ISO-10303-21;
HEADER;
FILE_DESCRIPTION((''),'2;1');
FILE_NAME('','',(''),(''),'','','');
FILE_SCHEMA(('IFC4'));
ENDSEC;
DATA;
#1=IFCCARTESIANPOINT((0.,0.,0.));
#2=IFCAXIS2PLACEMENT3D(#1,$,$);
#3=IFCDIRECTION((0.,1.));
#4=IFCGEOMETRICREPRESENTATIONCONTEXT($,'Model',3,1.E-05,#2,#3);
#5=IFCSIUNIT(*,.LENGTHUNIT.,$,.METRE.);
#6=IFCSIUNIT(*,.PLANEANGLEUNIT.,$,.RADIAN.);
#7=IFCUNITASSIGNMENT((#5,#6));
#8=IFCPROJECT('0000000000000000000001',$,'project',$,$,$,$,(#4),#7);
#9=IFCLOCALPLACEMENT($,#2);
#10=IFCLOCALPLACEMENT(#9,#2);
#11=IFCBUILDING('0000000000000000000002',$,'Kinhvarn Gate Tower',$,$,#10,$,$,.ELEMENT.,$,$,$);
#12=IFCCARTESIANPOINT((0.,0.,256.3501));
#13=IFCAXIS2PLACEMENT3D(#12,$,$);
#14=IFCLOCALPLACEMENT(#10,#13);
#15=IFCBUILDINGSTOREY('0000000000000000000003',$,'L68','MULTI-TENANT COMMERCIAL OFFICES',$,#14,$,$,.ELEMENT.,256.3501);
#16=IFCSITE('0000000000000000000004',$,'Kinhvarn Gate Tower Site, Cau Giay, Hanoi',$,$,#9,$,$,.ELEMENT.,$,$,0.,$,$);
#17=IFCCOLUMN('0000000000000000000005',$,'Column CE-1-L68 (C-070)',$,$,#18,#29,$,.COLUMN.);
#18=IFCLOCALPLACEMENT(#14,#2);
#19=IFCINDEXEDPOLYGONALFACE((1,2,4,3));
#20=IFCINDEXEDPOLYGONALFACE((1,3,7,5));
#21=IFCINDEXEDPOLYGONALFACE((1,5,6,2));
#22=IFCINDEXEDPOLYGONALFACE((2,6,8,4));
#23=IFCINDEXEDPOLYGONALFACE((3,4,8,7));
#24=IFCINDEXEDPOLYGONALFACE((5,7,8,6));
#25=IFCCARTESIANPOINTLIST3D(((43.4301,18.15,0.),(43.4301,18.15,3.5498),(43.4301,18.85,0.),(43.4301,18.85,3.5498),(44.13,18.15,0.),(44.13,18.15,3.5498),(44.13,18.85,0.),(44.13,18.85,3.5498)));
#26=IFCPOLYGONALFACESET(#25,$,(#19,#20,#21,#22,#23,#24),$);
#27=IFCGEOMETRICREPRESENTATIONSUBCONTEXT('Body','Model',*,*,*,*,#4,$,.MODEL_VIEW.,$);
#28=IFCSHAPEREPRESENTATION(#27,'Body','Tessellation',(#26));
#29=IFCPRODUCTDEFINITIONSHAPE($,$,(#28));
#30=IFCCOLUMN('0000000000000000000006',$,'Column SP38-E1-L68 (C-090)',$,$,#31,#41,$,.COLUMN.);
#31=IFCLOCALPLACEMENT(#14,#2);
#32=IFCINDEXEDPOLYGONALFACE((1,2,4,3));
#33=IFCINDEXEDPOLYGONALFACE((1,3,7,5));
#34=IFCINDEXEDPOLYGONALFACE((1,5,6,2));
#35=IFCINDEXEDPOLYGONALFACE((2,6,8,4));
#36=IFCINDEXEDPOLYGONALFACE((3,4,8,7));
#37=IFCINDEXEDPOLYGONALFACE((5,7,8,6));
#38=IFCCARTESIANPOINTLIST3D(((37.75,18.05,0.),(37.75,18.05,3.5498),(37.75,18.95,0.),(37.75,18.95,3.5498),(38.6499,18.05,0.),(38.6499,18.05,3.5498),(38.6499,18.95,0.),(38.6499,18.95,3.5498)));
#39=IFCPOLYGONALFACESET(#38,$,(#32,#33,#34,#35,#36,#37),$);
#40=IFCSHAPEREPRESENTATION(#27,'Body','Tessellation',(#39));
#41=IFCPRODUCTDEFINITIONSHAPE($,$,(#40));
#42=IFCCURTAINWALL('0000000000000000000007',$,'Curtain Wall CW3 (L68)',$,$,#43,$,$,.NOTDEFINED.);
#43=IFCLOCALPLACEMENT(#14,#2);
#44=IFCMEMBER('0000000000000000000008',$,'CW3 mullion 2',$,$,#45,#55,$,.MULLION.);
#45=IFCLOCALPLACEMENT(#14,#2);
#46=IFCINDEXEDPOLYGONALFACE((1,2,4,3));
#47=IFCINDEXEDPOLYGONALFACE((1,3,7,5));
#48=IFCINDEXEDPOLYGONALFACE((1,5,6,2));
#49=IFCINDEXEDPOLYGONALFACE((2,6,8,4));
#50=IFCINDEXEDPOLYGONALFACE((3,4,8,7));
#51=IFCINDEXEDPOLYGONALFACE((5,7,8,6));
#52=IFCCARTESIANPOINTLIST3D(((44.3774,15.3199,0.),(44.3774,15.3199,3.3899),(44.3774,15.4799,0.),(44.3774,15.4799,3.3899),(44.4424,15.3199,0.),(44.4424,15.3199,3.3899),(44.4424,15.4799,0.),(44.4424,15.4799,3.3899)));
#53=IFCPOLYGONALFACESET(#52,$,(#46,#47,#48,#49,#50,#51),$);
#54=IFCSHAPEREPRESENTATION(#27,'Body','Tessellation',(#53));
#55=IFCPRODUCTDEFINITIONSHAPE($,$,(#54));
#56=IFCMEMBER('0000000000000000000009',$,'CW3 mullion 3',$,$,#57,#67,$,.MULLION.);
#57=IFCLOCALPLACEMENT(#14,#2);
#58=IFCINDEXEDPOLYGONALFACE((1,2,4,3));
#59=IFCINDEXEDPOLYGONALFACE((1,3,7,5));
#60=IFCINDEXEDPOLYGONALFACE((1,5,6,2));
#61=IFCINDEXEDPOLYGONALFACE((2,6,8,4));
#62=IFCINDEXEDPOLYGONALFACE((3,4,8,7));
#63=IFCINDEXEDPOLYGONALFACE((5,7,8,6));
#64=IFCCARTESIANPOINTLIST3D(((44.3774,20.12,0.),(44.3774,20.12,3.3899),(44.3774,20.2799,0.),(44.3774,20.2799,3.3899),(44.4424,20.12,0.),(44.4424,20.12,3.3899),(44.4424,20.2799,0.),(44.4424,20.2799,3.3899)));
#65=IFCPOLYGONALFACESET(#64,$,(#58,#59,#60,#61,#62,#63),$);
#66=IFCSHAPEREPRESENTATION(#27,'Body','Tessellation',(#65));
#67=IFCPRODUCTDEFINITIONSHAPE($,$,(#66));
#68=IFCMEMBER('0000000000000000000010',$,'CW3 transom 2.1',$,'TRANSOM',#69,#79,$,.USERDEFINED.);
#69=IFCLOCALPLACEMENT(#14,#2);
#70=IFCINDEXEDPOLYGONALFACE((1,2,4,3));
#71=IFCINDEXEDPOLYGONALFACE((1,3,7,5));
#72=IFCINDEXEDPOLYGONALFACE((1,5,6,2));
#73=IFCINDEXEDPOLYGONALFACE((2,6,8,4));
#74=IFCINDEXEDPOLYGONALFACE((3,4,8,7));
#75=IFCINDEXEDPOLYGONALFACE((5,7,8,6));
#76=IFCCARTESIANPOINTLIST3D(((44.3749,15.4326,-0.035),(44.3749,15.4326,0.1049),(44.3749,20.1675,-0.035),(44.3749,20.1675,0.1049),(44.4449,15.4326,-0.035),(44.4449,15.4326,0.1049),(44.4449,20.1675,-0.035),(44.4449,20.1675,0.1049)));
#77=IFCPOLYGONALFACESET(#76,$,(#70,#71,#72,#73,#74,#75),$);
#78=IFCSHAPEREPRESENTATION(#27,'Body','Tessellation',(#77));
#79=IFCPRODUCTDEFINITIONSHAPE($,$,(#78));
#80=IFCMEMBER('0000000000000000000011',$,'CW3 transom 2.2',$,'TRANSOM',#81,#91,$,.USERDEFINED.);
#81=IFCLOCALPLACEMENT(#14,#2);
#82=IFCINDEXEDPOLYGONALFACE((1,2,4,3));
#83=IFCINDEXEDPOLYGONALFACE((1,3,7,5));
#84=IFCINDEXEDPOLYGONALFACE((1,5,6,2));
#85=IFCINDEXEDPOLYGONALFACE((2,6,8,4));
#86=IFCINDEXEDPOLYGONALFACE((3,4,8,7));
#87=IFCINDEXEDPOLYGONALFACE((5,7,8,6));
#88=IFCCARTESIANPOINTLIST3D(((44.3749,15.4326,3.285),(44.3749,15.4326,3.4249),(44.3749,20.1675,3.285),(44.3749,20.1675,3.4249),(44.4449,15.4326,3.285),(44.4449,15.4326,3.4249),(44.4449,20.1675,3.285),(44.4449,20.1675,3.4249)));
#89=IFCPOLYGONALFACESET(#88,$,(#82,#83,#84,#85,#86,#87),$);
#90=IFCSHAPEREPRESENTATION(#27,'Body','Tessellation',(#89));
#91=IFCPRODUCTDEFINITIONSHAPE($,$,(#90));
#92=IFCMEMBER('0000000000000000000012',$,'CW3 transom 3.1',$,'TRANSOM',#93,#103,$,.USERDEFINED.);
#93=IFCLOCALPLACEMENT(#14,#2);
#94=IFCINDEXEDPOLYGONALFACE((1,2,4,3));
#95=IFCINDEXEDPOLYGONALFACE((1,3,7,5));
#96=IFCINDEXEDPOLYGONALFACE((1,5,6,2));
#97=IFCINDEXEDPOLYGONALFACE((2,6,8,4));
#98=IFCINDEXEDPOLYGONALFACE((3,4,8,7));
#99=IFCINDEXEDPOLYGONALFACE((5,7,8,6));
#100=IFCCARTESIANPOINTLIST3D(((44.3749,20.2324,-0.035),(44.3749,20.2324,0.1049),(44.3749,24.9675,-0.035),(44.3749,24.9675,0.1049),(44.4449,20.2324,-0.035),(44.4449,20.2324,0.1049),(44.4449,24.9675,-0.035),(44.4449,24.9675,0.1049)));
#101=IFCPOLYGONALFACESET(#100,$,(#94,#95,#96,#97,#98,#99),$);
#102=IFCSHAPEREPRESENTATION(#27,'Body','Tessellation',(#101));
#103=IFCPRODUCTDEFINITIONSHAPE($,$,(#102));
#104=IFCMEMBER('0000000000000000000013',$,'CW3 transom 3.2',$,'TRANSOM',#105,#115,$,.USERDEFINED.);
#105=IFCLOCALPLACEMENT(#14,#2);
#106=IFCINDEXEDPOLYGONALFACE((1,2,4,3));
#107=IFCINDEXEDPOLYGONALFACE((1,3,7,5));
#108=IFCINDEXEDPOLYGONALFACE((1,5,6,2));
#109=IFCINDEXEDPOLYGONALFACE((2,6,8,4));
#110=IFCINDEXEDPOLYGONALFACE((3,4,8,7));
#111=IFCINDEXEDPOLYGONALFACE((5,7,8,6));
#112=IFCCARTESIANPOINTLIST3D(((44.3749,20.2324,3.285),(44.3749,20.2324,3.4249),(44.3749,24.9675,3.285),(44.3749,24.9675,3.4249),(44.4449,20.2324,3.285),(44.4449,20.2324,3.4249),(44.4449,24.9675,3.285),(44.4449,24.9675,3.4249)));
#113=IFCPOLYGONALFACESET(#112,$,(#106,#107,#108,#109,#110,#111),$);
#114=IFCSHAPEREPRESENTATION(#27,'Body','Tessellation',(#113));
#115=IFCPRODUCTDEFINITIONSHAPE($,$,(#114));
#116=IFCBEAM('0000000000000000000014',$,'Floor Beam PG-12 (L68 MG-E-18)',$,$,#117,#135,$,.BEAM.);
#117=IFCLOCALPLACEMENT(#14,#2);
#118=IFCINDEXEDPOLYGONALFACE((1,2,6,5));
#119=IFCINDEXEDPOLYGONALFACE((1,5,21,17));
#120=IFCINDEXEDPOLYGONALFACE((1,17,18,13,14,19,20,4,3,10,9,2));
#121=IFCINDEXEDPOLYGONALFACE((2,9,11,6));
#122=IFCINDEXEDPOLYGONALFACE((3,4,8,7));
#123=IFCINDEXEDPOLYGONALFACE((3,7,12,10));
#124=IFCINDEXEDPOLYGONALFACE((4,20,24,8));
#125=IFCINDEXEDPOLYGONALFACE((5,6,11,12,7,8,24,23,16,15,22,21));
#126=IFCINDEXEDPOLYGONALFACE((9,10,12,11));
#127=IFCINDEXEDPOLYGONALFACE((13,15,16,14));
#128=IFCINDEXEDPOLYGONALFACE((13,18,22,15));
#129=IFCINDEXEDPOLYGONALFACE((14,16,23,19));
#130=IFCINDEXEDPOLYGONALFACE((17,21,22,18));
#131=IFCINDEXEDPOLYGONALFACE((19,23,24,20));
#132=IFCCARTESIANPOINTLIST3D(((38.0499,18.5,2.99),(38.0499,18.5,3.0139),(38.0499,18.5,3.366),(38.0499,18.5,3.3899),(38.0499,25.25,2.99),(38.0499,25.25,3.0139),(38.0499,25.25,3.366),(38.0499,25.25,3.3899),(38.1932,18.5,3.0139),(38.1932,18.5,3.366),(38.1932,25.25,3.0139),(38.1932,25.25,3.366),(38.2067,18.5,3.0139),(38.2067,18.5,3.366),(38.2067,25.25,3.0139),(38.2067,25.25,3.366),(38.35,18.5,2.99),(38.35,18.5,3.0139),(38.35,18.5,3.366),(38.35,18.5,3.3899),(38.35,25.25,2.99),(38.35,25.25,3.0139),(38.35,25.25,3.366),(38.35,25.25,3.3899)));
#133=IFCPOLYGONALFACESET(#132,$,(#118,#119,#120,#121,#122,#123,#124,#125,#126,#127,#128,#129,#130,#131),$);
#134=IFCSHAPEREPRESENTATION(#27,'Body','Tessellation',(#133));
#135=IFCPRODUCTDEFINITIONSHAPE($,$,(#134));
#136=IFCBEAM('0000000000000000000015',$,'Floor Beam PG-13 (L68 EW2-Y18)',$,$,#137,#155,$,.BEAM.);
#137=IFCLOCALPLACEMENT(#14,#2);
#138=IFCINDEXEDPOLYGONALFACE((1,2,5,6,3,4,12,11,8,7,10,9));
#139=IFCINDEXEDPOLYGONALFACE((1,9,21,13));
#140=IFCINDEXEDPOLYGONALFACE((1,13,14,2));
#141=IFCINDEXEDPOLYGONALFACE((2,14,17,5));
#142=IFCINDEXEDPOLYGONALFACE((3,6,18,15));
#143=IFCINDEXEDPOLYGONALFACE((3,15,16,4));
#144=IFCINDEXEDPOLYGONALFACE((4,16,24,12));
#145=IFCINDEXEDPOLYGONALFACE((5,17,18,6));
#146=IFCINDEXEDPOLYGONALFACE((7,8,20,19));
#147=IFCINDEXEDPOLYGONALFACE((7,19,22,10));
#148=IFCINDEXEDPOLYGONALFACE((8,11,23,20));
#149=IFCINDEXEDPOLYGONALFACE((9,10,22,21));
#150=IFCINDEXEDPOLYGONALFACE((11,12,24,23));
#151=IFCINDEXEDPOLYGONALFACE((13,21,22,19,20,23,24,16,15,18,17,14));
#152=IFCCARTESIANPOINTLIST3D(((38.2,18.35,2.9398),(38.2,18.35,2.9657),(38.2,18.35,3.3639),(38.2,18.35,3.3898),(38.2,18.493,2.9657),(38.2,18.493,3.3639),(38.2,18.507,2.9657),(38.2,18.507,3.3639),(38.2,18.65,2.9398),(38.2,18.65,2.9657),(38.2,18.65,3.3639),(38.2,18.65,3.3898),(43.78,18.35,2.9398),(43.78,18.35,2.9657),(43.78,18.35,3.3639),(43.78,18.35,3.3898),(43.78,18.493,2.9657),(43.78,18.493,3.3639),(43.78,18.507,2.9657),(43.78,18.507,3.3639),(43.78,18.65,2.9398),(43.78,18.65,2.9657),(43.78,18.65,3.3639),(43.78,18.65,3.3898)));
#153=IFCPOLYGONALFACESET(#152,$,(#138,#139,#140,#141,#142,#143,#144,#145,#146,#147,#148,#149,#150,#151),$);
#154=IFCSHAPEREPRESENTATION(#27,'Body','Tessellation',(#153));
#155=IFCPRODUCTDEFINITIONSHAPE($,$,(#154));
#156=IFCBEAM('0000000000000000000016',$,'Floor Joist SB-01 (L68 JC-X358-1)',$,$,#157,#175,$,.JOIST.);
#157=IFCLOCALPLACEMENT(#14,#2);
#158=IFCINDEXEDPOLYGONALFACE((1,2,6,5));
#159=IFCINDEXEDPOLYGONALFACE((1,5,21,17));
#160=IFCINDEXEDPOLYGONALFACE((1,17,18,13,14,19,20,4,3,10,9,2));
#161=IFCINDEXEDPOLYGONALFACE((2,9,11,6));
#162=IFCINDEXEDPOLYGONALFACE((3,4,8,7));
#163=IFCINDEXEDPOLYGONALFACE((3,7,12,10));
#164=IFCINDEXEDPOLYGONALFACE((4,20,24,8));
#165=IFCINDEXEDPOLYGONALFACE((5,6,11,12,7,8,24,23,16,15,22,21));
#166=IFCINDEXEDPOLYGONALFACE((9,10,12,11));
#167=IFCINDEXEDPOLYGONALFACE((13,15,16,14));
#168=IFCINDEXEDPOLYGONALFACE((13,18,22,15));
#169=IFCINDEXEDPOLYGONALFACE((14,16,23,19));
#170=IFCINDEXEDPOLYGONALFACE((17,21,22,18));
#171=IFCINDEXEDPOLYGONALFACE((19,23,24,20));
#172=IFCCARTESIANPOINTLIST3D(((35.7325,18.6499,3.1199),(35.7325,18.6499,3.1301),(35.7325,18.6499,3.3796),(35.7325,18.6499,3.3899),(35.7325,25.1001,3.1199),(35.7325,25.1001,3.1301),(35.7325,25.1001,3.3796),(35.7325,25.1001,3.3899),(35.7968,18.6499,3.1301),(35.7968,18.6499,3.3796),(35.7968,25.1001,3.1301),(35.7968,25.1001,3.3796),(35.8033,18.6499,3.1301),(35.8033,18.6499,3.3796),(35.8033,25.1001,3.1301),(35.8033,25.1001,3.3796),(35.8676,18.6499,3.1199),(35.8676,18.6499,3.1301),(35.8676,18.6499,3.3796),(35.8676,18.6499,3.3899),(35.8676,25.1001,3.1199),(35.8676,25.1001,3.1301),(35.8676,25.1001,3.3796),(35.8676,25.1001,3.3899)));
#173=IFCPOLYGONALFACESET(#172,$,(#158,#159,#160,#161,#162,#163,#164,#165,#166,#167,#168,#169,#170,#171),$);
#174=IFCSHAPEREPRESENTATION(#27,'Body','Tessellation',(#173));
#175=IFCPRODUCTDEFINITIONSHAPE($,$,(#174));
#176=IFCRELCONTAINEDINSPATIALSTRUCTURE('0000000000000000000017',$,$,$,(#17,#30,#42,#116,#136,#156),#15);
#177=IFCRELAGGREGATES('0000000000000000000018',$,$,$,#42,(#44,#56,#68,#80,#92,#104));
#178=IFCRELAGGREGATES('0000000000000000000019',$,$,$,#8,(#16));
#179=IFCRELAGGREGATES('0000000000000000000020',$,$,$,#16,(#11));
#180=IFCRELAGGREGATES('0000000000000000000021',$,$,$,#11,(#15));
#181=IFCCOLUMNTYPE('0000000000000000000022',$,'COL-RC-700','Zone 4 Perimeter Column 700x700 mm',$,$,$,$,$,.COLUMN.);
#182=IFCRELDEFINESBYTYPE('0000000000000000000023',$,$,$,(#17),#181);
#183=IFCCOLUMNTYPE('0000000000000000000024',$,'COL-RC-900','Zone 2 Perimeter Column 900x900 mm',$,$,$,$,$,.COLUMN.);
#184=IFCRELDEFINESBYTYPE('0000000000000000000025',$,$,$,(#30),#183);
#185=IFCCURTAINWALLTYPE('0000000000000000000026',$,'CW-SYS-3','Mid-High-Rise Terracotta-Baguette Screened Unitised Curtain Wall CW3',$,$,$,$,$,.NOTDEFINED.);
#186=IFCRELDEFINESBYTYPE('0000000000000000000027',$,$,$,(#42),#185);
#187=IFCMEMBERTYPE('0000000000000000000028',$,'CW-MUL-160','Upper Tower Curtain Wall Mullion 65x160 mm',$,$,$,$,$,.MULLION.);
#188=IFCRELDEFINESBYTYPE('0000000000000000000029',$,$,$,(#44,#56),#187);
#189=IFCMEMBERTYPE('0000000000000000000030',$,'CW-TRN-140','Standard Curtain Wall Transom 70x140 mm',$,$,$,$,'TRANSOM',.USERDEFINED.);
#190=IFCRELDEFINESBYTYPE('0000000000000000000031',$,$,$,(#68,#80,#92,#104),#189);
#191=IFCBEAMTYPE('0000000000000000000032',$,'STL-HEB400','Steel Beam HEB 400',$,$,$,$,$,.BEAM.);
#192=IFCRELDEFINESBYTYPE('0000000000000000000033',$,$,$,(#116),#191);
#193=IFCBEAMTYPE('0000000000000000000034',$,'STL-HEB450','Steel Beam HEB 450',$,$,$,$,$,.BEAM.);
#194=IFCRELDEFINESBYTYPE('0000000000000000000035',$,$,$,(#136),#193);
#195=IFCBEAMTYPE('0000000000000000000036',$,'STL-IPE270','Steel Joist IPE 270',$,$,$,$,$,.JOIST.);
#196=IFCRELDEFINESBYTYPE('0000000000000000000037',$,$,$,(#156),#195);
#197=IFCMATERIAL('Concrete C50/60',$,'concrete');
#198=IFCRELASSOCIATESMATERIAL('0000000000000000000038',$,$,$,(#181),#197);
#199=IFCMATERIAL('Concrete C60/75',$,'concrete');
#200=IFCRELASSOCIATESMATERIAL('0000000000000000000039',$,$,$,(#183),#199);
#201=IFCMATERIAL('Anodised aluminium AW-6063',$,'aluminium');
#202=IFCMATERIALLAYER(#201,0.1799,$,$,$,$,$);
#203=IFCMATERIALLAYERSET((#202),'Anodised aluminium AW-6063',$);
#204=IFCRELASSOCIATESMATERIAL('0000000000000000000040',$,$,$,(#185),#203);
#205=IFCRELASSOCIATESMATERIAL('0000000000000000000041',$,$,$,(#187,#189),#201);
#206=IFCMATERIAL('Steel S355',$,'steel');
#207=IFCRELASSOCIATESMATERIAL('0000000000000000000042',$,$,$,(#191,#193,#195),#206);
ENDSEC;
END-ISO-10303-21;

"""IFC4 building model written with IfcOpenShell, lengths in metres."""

from ifc_helpers import new_model, si_unit, direction, frame, origin, origin_2d, place, context, subcontext, project, spatial, rectangle, i_section, extrude, material, layer, layer_set, material_profile, profile_set, type_object, element, aggregate, save


model = new_model("IFC4")

# Units and contexts
model_context = context("Model", 3, precision=1e-05, world=origin(), true_north=direction((0.0, 1.0)))
body_context = subcontext(model_context, "Body", "Model", "MODEL_VIEW")
ifc_project = project(units=[si_unit("LENGTHUNIT", "METRE"), si_unit("PLANEANGLEUNIT", "RADIAN")], contexts=[model_context])

# Site, building, storey
site_placement = place(None, origin())
site = spatial("IfcSite", under=ifc_project, at=site_placement, Name="Kinhvarn Gate Tower Site, Cau Giay, Hanoi", CompositionType="ELEMENT", RefElevation=0.0)
building_placement = place(site_placement, origin())
building = spatial("IfcBuilding", under=site, at=building_placement, Name="Kinhvarn Gate Tower", CompositionType="ELEMENT")
storey_placement = place(building_placement, frame((0.0, 0.0, 256.3501)))
storey = spatial("IfcBuildingStorey", under=building, at=storey_placement, Name="L68", Description="MULTI-TENANT COMMERCIAL OFFICES", CompositionType="ELEMENT", Elevation=256.3501)

# Columns
ifc_material_1 = material(Name="Concrete C50/60", Category="concrete")
ifc_material_profile_1 = material_profile(ifc_material_1, rectangle(XDim=0.7, YDim=0.7, at=origin_2d()), Name="RC 700x700")
ifc_profile_set_1 = profile_set([ifc_material_profile_1], Name="Concrete C50/60")
column_type_1 = type_object("IfcColumnType", Name="COL-RC-700", Description="Zone 4 Perimeter Column 700x700 mm", PredefinedType="COLUMN", material=ifc_profile_set_1)
column_1_placement = place(storey_placement, frame((43.78, 18.5, 0.0), z_axis=(0.0, 0.0, 1.0), x_axis=(1.0, 0.0, 0.0)))
element("IfcColumn", 1, at=column_1_placement, inside=storey, type_object=column_type_1, Name="Column CE-1-L68 (C-070)", PredefinedType="COLUMN", context=body_context, shape_type="SweptSolid", body=[
    extrude(rectangle(XDim=0.7, YDim=0.7, at=origin_2d()), origin(), (0.0, 0.0, 1.0), 3.5498),
])
ifc_material_2 = material(Name="Concrete C60/75", Category="concrete")
ifc_material_profile_2 = material_profile(ifc_material_2, rectangle(XDim=0.8999, YDim=0.8999, at=origin_2d()), Name="RC 900x900")
ifc_profile_set_2 = profile_set([ifc_material_profile_2], Name="Concrete C60/75")
column_type_2 = type_object("IfcColumnType", Name="COL-RC-900", Description="Zone 2 Perimeter Column 900x900 mm", PredefinedType="COLUMN", material=ifc_profile_set_2)
column_2_placement = place(storey_placement, frame((38.2, 18.5, 0.0), z_axis=(0.0, 0.0, 1.0), x_axis=(1.0, 0.0, 0.0)))
element("IfcColumn", 2, at=column_2_placement, inside=storey, type_object=column_type_2, Name="Column SP38-E1-L68 (C-090)", PredefinedType="COLUMN", context=body_context, shape_type="SweptSolid", body=[
    extrude(rectangle(XDim=0.8999, YDim=0.8999, at=origin_2d()), origin(), (0.0, 0.0, 1.0), 3.5498),
])

# Curtain wall, members
ifc_material_3 = material(Name="Anodised aluminium AW-6063", Category="aluminium")
ifc_layer_1 = layer(ifc_material_3, 0.1799)
ifc_layer_set_1 = layer_set([ifc_layer_1], Name="Anodised aluminium AW-6063")
curtain_wall_type = type_object("IfcCurtainWallType", Name="CW-SYS-3", Description="Mid-High-Rise Terracotta-Baguette Screened Unitised Curtain Wall CW3", PredefinedType="NOTDEFINED", material=ifc_layer_set_1)
curtain_wall_placement = place(storey_placement, origin())
curtain_wall = element("IfcCurtainWall", 3, at=curtain_wall_placement, inside=storey, type_object=curtain_wall_type, Name="Curtain Wall CW3 (L68)", PredefinedType="NOTDEFINED")
ifc_material_profile_3 = material_profile(ifc_material_3, rectangle(XDim=0.0649, YDim=0.1599, at=origin_2d()), Name="ALU 65x160")
ifc_profile_set_3 = profile_set([ifc_material_profile_3], Name="Anodised aluminium AW-6063")
member_type_1 = type_object("IfcMemberType", Name="CW-MUL-160", Description="Upper Tower Curtain Wall Mullion 65x160 mm", PredefinedType="MULLION", material=ifc_profile_set_3)
member_1_placement = place(storey_placement, frame((44.4099, 15.3999, 0.0), z_axis=(0.0, 0.0, 1.0), x_axis=(-1.0, 0.0, 0.0)))
member_1 = element("IfcMember", 4, at=member_1_placement, type_object=member_type_1, Name="CW3 mullion 2", PredefinedType="MULLION", context=body_context, shape_type="SweptSolid", body=[
    extrude(rectangle(XDim=0.0649, YDim=0.1599, at=origin_2d()), origin(), (0.0, 0.0, 1.0), 3.3899),
])
member_2_placement = place(storey_placement, frame((44.4099, 20.2, 0.0), z_axis=(0.0, 0.0, 1.0), x_axis=(-1.0, 0.0, 0.0)))
member_2 = element("IfcMember", 5, at=member_2_placement, type_object=member_type_1, Name="CW3 mullion 3", PredefinedType="MULLION", context=body_context, shape_type="SweptSolid", body=[
    extrude(rectangle(XDim=0.0649, YDim=0.1599, at=origin_2d()), origin(), (0.0, 0.0, 1.0), 3.3899),
])
ifc_material_profile_4 = material_profile(ifc_material_3, rectangle(XDim=0.0701, YDim=0.1399, at=origin_2d()), Name="ALU 70x140")
ifc_profile_set_4 = profile_set([ifc_material_profile_4], Name="Anodised aluminium AW-6063")
member_type_2 = type_object("IfcMemberType", Name="CW-TRN-140", Description="Standard Curtain Wall Transom 70x140 mm", ElementType="TRANSOM", PredefinedType="USERDEFINED", material=ifc_profile_set_4)
member_3_placement = place(storey_placement, frame((44.4099, 15.4326, 0.0349), z_axis=(0.0, 1.0, 0.0), x_axis=(-1.0, 0.0, 0.0)))
member_3 = element("IfcMember", 6, at=member_3_placement, type_object=member_type_2, Name="CW3 transom 2.1", ObjectType="TRANSOM", PredefinedType="USERDEFINED", context=body_context, shape_type="SweptSolid", body=[
    extrude(rectangle(XDim=0.0701, YDim=0.1399, at=origin_2d()), origin(), (0.0, 0.0, 1.0), 4.7349),
])
member_4_placement = place(storey_placement, frame((44.4099, 15.4326, 3.355), z_axis=(0.0, 1.0, 0.0), x_axis=(-1.0, 0.0, 0.0)))
member_4 = element("IfcMember", 7, at=member_4_placement, type_object=member_type_2, Name="CW3 transom 2.2", ObjectType="TRANSOM", PredefinedType="USERDEFINED", context=body_context, shape_type="SweptSolid", body=[
    extrude(rectangle(XDim=0.0701, YDim=0.1399, at=origin_2d()), origin(), (0.0, 0.0, 1.0), 4.7349),
])
member_5_placement = place(storey_placement, frame((44.4099, 20.2324, 0.0349), z_axis=(0.0, 1.0, 0.0), x_axis=(-1.0, 0.0, 0.0)))
member_5 = element("IfcMember", 8, at=member_5_placement, type_object=member_type_2, Name="CW3 transom 3.1", ObjectType="TRANSOM", PredefinedType="USERDEFINED", context=body_context, shape_type="SweptSolid", body=[
    extrude(rectangle(XDim=0.0701, YDim=0.1399, at=origin_2d()), origin(), (0.0, 0.0, 1.0), 4.7351),
])
member_6_placement = place(storey_placement, frame((44.4099, 20.2324, 3.355), z_axis=(0.0, 1.0, 0.0), x_axis=(-1.0, 0.0, 0.0)))
member_6 = element("IfcMember", 9, at=member_6_placement, type_object=member_type_2, Name="CW3 transom 3.2", ObjectType="TRANSOM", PredefinedType="USERDEFINED", context=body_context, shape_type="SweptSolid", body=[
    extrude(rectangle(XDim=0.0701, YDim=0.1399, at=origin_2d()), origin(), (0.0, 0.0, 1.0), 4.7351),
])

# Beams
ifc_material_4 = material(Name="Steel S355", Category="steel")
ifc_material_profile_5 = material_profile(ifc_material_4, i_section(OverallWidth=0.3, OverallDepth=0.3999, WebThickness=0.0134, FlangeThickness=0.0239, at=origin_2d()), Name="HEB 400")
ifc_profile_set_5 = profile_set([ifc_material_profile_5], Name="Steel S355")
beam_type_1 = type_object("IfcBeamType", Name="STL-HEB400", Description="Steel Beam HEB 400", PredefinedType="BEAM", material=ifc_profile_set_5)
beam_1_placement = place(storey_placement, frame((38.2, 18.5, 3.1899), z_axis=(0.0, 1.0, 0.0), x_axis=(-1.0, 0.0, 0.0)))
element("IfcBeam", 10, at=beam_1_placement, inside=storey, type_object=beam_type_1, Name="Floor Beam PG-12 (L68 MG-E-18)", PredefinedType="BEAM", context=body_context, shape_type="SweptSolid", body=[
    extrude(i_section(OverallWidth=0.3, OverallDepth=0.3999, WebThickness=0.0134, FlangeThickness=0.0239, at=origin_2d()), origin(), (0.0, 0.0, 1.0), 6.75),
])
ifc_material_profile_6 = material_profile(ifc_material_4, i_section(OverallWidth=0.3, OverallDepth=0.45, WebThickness=0.0139, FlangeThickness=0.0259, at=origin_2d()), Name="HEB 450")
ifc_profile_set_6 = profile_set([ifc_material_profile_6], Name="Steel S355")
beam_type_2 = type_object("IfcBeamType", Name="STL-HEB450", Description="Steel Beam HEB 450", PredefinedType="BEAM", material=ifc_profile_set_6)
beam_2_placement = place(storey_placement, frame((38.2, 18.5, 3.1648), z_axis=(1.0, 0.0, 0.0), x_axis=(0.0, 1.0, 0.0)))
element("IfcBeam", 11, at=beam_2_placement, inside=storey, type_object=beam_type_2, Name="Floor Beam PG-13 (L68 EW2-Y18)", PredefinedType="BEAM", context=body_context, shape_type="SweptSolid", body=[
    extrude(i_section(OverallWidth=0.3, OverallDepth=0.45, WebThickness=0.0139, FlangeThickness=0.0259, at=origin_2d()), origin(), (0.0, 0.0, 1.0), 5.5801),
])
ifc_material_profile_7 = material_profile(ifc_material_4, i_section(OverallWidth=0.135, OverallDepth=0.27, WebThickness=0.0066, FlangeThickness=0.0103, at=origin_2d()), Name="IPE 270")
ifc_profile_set_7 = profile_set([ifc_material_profile_7], Name="Steel S355")
beam_type_3 = type_object("IfcBeamType", Name="STL-IPE270", Description="Steel Joist IPE 270", PredefinedType="JOIST", material=ifc_profile_set_7)
for number, where, z_axis, x_axis, name in (
    (12, (35.8, 18.6499, 3.2549), (0.0, 1.0, 0.0), (-1.0, 0.0, 0.0), "Floor Joist SB-01 (L68 JC-X358-1)"),
):
    element("IfcBeam", number, at=place(storey_placement, frame(where, z_axis=z_axis, x_axis=x_axis)), inside=storey, type_object=beam_type_3, Name=name, PredefinedType="JOIST", context=body_context, shape_type="SweptSolid", body=[
        extrude(i_section(OverallWidth=0.135, OverallDepth=0.27, WebThickness=0.0066, FlangeThickness=0.0103, at=origin_2d()), origin(), (0.0, 0.0, 1.0), 6.4502),
    ])

aggregate(curtain_wall, [member_1, member_2, member_3, member_4, member_5, member_6])

save(model, "model.ifc")
